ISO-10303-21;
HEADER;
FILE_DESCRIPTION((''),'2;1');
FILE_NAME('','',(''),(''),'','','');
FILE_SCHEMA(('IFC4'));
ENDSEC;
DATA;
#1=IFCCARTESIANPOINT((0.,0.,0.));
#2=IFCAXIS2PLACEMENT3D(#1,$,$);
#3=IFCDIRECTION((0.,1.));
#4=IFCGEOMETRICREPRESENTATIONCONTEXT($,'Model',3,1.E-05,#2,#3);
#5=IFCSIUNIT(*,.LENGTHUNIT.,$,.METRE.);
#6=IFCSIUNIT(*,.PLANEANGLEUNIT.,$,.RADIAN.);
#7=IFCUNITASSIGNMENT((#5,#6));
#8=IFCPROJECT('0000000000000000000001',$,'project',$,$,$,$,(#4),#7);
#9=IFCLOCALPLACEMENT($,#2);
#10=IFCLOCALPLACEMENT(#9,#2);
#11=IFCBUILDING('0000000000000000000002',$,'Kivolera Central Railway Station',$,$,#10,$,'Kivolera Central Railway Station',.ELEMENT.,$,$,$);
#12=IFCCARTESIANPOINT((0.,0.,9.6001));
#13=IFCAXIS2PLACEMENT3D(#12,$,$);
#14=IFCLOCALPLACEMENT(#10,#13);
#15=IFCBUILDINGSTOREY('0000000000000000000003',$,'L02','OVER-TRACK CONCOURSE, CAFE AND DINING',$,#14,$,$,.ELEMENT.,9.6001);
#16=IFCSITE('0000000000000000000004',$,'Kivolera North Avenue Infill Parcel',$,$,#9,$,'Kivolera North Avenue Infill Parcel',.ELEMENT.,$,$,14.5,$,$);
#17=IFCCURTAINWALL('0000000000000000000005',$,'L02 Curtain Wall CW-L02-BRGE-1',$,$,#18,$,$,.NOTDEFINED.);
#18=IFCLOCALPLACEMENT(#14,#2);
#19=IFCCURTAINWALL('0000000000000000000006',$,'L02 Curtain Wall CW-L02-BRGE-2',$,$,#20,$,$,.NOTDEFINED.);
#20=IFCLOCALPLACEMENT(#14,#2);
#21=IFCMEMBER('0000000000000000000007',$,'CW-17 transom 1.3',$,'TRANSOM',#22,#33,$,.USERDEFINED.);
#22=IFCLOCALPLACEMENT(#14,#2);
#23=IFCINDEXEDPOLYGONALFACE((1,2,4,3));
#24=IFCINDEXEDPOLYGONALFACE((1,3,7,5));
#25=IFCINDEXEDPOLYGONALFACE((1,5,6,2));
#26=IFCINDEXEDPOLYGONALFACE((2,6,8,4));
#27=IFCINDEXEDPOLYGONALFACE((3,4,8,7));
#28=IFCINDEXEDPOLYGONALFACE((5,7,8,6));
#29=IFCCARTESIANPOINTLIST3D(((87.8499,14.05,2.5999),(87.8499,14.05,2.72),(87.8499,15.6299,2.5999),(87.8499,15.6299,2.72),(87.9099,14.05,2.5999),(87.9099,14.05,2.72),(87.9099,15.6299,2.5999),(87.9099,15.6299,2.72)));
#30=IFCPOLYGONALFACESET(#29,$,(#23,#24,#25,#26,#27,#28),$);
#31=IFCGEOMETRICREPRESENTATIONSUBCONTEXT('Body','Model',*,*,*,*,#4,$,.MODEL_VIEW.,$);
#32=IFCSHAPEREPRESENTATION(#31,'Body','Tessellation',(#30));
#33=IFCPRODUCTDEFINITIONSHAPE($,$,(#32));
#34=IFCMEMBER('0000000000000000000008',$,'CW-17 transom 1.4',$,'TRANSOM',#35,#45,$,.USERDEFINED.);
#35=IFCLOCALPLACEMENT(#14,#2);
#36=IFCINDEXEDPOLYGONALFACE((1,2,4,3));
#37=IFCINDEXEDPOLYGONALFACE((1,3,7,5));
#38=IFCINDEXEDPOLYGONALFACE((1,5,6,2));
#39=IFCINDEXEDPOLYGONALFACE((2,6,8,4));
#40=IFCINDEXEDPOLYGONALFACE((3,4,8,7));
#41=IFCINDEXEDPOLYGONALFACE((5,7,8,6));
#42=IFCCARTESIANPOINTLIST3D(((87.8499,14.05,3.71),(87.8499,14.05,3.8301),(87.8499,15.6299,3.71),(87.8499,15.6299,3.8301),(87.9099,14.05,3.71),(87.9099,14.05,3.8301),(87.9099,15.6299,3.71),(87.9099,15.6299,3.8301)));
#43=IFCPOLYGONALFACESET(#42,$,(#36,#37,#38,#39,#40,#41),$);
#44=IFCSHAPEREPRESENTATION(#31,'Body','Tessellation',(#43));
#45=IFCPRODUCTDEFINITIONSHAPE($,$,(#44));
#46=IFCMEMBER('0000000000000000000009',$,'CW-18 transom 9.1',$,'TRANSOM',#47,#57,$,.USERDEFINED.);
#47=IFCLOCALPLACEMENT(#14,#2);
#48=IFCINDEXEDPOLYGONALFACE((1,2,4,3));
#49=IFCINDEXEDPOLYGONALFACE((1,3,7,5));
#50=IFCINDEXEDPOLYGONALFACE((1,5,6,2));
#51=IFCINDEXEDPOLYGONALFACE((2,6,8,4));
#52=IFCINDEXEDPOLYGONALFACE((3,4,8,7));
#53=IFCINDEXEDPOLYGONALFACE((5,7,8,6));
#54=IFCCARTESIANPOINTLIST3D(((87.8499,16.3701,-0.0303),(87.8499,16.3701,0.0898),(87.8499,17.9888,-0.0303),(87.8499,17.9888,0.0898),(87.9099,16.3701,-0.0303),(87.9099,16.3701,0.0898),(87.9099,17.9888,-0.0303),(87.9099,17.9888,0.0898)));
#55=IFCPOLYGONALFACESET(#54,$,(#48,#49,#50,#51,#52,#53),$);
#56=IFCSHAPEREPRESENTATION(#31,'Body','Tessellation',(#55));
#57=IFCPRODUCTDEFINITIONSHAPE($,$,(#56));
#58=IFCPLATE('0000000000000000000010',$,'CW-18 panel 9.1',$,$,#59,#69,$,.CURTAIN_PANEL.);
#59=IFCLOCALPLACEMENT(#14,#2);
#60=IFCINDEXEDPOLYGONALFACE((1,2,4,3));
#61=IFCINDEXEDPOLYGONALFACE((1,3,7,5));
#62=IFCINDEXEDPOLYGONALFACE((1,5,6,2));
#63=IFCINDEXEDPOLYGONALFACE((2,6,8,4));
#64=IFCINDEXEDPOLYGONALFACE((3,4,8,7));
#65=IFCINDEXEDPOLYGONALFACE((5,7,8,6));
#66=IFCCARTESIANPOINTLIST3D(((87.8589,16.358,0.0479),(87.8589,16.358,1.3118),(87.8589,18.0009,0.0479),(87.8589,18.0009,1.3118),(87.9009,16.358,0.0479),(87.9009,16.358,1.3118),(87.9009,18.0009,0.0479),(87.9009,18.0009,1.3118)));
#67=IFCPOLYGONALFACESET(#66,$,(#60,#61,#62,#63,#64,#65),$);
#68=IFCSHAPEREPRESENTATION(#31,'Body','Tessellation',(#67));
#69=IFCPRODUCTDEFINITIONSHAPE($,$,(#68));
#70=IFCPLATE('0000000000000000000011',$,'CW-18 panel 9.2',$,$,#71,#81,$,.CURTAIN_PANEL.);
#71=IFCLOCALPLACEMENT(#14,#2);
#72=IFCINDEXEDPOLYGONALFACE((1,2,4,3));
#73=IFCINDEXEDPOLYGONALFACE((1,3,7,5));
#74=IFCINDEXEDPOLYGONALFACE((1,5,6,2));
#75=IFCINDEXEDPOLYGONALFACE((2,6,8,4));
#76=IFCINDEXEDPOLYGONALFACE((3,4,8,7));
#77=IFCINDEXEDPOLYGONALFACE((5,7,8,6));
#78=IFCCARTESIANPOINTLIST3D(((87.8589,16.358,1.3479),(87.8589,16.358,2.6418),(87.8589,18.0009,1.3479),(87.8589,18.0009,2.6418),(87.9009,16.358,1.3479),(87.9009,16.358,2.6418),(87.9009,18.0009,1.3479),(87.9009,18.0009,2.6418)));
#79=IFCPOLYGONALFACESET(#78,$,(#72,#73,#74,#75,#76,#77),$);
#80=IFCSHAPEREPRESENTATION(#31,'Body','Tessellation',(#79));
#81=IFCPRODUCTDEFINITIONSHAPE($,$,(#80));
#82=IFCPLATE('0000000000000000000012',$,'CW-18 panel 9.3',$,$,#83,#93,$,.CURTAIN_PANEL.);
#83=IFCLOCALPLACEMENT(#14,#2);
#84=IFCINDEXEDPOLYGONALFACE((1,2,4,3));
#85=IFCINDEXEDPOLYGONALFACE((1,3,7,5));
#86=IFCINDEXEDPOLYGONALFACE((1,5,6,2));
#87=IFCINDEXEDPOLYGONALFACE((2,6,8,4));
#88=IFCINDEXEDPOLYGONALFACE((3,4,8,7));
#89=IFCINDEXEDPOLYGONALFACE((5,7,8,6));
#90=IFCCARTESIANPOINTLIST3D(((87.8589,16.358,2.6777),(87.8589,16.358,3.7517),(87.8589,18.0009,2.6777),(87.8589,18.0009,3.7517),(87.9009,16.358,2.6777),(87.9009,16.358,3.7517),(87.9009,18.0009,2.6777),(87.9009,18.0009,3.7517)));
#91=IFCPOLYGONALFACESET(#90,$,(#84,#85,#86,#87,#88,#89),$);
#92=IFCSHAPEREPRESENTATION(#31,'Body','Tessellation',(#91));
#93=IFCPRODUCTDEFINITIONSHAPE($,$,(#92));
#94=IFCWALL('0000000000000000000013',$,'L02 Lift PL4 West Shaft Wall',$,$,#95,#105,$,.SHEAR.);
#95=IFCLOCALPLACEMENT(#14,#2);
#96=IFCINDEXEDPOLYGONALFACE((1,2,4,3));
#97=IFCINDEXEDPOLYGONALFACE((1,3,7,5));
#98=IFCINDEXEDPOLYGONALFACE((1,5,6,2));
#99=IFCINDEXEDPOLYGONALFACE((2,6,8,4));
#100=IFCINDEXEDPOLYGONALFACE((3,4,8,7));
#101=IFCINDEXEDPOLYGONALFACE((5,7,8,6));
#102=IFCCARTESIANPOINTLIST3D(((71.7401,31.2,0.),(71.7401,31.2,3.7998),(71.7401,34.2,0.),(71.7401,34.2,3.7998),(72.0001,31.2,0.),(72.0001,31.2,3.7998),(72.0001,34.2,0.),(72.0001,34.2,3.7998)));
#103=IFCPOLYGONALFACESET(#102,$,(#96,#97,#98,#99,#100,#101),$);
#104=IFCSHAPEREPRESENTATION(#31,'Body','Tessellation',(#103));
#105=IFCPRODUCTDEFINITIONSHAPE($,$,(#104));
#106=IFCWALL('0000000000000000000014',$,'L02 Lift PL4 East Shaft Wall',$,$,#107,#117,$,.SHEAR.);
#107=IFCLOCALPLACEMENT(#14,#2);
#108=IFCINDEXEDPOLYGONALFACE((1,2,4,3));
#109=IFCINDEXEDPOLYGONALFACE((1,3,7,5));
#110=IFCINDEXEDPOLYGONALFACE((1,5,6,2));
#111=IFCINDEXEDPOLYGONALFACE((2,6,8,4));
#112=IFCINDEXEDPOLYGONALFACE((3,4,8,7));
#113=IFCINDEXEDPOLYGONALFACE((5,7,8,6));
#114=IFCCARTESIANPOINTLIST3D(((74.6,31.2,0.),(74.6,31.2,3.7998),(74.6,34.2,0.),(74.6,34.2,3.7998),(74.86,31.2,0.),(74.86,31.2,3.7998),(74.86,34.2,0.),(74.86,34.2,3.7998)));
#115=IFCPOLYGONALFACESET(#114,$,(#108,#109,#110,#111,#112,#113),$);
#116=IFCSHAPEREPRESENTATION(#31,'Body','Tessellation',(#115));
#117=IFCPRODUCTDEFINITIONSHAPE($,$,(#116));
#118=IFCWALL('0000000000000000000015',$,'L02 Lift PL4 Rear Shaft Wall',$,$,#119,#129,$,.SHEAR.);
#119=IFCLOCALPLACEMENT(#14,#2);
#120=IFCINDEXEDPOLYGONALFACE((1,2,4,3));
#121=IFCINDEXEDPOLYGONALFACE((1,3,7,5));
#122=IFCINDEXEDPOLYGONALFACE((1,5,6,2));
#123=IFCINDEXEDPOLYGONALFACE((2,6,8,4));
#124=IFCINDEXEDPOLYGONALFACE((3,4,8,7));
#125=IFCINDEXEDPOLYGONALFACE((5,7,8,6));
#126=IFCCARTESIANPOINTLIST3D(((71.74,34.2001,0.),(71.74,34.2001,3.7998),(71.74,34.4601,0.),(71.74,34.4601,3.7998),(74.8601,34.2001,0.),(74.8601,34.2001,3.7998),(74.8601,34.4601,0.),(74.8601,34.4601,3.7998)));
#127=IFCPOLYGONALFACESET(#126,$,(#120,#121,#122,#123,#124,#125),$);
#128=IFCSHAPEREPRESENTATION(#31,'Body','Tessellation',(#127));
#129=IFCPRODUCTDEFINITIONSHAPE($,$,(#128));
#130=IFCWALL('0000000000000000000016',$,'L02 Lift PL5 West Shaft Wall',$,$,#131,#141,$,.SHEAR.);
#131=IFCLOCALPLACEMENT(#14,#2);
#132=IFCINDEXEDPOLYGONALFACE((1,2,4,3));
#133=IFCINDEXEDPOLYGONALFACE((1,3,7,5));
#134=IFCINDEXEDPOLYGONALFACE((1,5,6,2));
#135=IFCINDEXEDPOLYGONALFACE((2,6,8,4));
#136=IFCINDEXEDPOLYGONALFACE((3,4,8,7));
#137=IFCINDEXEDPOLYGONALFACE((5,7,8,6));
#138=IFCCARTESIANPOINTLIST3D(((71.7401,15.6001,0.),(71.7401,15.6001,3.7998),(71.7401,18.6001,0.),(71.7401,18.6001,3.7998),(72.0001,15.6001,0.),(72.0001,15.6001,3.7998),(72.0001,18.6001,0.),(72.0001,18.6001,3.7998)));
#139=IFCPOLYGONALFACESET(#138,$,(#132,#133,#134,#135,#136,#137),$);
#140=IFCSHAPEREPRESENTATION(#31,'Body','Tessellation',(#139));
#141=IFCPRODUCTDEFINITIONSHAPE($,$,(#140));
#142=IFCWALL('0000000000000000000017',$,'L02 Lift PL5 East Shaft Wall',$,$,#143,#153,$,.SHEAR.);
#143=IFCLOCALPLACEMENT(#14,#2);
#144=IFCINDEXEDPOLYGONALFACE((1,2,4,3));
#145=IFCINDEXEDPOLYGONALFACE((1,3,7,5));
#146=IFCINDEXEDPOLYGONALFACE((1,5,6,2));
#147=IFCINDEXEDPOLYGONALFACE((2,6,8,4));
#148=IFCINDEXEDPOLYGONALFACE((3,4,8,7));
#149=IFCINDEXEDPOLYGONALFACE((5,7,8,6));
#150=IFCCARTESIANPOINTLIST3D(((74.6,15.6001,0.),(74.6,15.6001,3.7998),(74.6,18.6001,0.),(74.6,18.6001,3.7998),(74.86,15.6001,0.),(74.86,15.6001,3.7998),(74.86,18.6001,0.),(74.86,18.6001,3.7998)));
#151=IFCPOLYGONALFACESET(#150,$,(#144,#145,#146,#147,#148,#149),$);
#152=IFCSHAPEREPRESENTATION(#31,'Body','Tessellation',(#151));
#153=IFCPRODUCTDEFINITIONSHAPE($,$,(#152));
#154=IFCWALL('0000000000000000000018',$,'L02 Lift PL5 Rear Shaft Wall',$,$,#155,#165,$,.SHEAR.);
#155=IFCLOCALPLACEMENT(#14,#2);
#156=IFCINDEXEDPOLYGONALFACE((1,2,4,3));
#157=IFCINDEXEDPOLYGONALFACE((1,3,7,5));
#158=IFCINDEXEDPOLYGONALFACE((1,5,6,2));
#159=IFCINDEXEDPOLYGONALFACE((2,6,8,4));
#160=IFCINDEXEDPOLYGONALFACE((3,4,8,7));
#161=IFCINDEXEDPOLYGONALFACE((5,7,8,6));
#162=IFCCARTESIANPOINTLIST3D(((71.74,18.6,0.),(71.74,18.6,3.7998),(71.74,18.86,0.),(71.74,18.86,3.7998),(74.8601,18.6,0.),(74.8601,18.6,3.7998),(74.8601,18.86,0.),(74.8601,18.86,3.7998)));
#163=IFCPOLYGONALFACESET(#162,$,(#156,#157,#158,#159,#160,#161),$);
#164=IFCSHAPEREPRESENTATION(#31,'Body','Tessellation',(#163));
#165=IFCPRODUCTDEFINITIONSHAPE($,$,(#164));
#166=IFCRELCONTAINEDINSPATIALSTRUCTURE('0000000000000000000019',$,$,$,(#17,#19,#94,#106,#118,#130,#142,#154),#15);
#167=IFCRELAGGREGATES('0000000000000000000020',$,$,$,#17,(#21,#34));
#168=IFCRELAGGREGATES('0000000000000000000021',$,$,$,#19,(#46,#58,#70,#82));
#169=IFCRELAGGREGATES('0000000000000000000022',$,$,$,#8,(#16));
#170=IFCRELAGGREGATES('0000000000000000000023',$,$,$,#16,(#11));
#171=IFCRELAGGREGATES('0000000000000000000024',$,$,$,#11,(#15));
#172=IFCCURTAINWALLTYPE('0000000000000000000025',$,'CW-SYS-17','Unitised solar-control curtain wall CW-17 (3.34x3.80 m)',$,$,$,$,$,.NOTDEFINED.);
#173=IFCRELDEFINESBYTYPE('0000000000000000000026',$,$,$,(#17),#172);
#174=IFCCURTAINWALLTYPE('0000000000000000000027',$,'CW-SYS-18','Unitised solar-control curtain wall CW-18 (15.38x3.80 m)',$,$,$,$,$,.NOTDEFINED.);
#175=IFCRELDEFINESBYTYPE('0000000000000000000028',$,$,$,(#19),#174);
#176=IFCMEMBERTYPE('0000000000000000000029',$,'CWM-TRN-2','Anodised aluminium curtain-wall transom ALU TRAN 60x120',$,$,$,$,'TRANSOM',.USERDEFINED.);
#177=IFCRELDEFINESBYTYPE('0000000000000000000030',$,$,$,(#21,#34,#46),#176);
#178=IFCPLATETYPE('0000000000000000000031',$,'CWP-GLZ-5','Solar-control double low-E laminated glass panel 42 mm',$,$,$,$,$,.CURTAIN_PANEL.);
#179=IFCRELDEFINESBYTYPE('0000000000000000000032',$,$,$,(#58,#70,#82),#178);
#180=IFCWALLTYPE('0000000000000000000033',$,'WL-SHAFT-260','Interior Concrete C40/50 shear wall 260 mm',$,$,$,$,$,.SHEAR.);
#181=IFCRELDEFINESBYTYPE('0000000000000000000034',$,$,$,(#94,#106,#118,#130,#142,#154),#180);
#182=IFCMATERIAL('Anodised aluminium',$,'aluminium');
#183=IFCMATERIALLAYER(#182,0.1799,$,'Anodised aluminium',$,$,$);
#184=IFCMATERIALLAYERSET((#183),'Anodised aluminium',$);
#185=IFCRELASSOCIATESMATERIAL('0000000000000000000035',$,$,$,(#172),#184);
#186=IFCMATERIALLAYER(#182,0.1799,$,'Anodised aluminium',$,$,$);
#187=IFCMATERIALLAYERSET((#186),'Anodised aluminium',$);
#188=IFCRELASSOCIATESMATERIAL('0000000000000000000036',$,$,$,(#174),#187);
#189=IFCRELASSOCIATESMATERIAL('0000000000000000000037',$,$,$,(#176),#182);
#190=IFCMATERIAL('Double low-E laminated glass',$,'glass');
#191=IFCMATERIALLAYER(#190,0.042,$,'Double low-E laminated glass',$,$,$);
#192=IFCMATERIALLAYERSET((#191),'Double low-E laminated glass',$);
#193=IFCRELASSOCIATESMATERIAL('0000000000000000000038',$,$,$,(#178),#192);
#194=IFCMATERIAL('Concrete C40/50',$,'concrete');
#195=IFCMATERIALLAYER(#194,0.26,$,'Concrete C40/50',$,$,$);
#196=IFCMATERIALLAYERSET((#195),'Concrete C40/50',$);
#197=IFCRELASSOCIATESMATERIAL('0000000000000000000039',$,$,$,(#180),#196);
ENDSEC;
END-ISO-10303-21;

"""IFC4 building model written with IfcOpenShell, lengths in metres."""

from ifc_helpers import new_model, si_unit, direction, frame, frame_2d, origin, origin_2d, place, context, subcontext, project, spatial, rectangle, extrude, material, layer, layer_set, material_profile, profile_set, type_object, element, aggregate, save


model = new_model("IFC4")

# Units and contexts
model_context = context("Model", 3, precision=1e-05, world=origin(), true_north=direction((0.0, 1.0)))
body_context = subcontext(model_context, "Body", "Model", "MODEL_VIEW")
ifc_project = project(units=[si_unit("LENGTHUNIT", "METRE"), si_unit("PLANEANGLEUNIT", "RADIAN")], contexts=[model_context])

# Site, building, storey
site_placement = place(None, origin())
site = spatial("IfcSite", under=ifc_project, at=site_placement, Name="Kivolera North Avenue Infill Parcel", LongName="Kivolera North Avenue Infill Parcel", CompositionType="ELEMENT", RefElevation=14.5)
building_placement = place(site_placement, origin())
building = spatial("IfcBuilding", under=site, at=building_placement, Name="Kivolera Central Railway Station", LongName="Kivolera Central Railway Station", CompositionType="ELEMENT")
storey_placement = place(building_placement, frame((0.0, 0.0, 9.6001)))
storey = spatial("IfcBuildingStorey", under=building, at=storey_placement, Name="L02", Description="OVER-TRACK CONCOURSE, CAFE AND DINING", CompositionType="ELEMENT", Elevation=9.6001)

# Shared definitions
ifc_material_1 = material(Name="Concrete C40/50", Category="concrete")

# Curtain walls
ifc_material_2 = material(Name="Anodised aluminium", Category="aluminium")
ifc_layer_1 = layer(ifc_material_2, 0.1799, Name="Anodised aluminium")
ifc_layer_set_1 = layer_set([ifc_layer_1], Name="Anodised aluminium")
curtain_wall_type_1 = type_object("IfcCurtainWallType", Name="CW-SYS-17", Description="Unitised solar-control curtain wall CW-17 (3.34x3.80 m)", PredefinedType="NOTDEFINED", material=ifc_layer_set_1)
curtain_wall_1_placement = place(storey_placement, origin())
curtain_wall_1 = element("IfcCurtainWall", 1, at=curtain_wall_1_placement, inside=storey, type_object=curtain_wall_type_1, Name="L02 Curtain Wall CW-L02-BRGE-1", PredefinedType="NOTDEFINED")
ifc_layer_2 = layer(ifc_material_2, 0.1799, Name="Anodised aluminium")
ifc_layer_set_2 = layer_set([ifc_layer_2], Name="Anodised aluminium")
curtain_wall_type_2 = type_object("IfcCurtainWallType", Name="CW-SYS-18", Description="Unitised solar-control curtain wall CW-18 (15.38x3.80 m)", PredefinedType="NOTDEFINED", material=ifc_layer_set_2)
curtain_wall_2_placement = place(storey_placement, origin())
curtain_wall_2 = element("IfcCurtainWall", 2, at=curtain_wall_2_placement, inside=storey, type_object=curtain_wall_type_2, Name="L02 Curtain Wall CW-L02-BRGE-2", PredefinedType="NOTDEFINED")

# Members
ifc_material_profile_1 = material_profile(ifc_material_2, rectangle(XDim=0.0601, YDim=0.1201, at=origin_2d()), Name="ALU TRAN 60x120")
ifc_profile_set_1 = profile_set([ifc_material_profile_1], Name="Anodised aluminium")
member_type_1 = type_object("IfcMemberType", Name="CWM-TRN-2", Description="Anodised aluminium curtain-wall transom ALU TRAN 60x120", ElementType="TRANSOM", PredefinedType="USERDEFINED", material=ifc_profile_set_1)
member_1_placement = place(storey_placement, frame((87.8799, 15.6299, 2.6599), z_axis=(0.0, -1.0, 0.0), x_axis=(1.0, 0.0, 0.0)))
member_1 = element("IfcMember", 3, at=member_1_placement, type_object=member_type_1, Name="CW-17 transom 1.3", ObjectType="TRANSOM", PredefinedType="USERDEFINED", context=body_context, shape_type="SweptSolid", body=[
    extrude(rectangle(XDim=0.0601, YDim=0.1201, at=origin_2d()), origin(), (0.0, 0.0, 1.0), 1.5798),
])
member_2_placement = place(storey_placement, frame((87.8799, 15.6299, 3.77), z_axis=(0.0, -1.0, 0.0), x_axis=(1.0, 0.0, 0.0)))
member_2 = element("IfcMember", 4, at=member_2_placement, type_object=member_type_1, Name="CW-17 transom 1.4", ObjectType="TRANSOM", PredefinedType="USERDEFINED", context=body_context, shape_type="SweptSolid", body=[
    extrude(rectangle(XDim=0.0601, YDim=0.1201, at=origin_2d()), origin(), (0.0, 0.0, 1.0), 1.5798),
])
aggregate(curtain_wall_1, [member_1, member_2])
member_3_placement = place(storey_placement, frame((87.8799, 17.9888, 0.0298), z_axis=(0.0, -1.0, 0.0), x_axis=(1.0, 0.0, 0.0)))
member_3 = element("IfcMember", 5, at=member_3_placement, type_object=member_type_1, Name="CW-18 transom 9.1", ObjectType="TRANSOM", PredefinedType="USERDEFINED", context=body_context, shape_type="SweptSolid", body=[
    extrude(rectangle(XDim=0.0601, YDim=0.1201, at=origin_2d()), origin(), (0.0, 0.0, 1.0), 1.6187),
])

# Plates
ifc_material_3 = material(Name="Double low-E laminated glass", Category="glass")
ifc_layer_3 = layer(ifc_material_3, 0.042, Name="Double low-E laminated glass")
ifc_layer_set_3 = layer_set([ifc_layer_3], Name="Double low-E laminated glass")
plate_type = type_object("IfcPlateType", Name="CWP-GLZ-5", Description="Solar-control double low-E laminated glass panel 42 mm", PredefinedType="CURTAIN_PANEL", material=ifc_layer_set_3)
plate_1_placement = place(storey_placement, frame((87.8799, 17.1794, 0.0479), z_axis=(0.0, 0.0, 1.0), x_axis=(0.0, -1.0, 0.0)))
plate_1 = element("IfcPlate", 6, at=plate_1_placement, type_object=plate_type, Name="CW-18 panel 9.1", PredefinedType="CURTAIN_PANEL", context=body_context, shape_type="SweptSolid", body=[
    extrude(rectangle(XDim=1.6428, YDim=0.042, at=origin_2d()), origin(), (0.0, 0.0, 1.0), 1.2639),
])
plate_2_placement = place(storey_placement, frame((87.8799, 17.1794, 1.3479), z_axis=(0.0, 0.0, 1.0), x_axis=(0.0, -1.0, 0.0)))
plate_2 = element("IfcPlate", 7, at=plate_2_placement, type_object=plate_type, Name="CW-18 panel 9.2", PredefinedType="CURTAIN_PANEL", context=body_context, shape_type="SweptSolid", body=[
    extrude(rectangle(XDim=1.6428, YDim=0.042, at=origin_2d()), origin(), (0.0, 0.0, 1.0), 1.2939),
])
plate_3_placement = place(storey_placement, frame((87.8799, 17.1794, 2.6777), z_axis=(0.0, 0.0, 1.0), x_axis=(0.0, -1.0, 0.0)))
plate_3 = element("IfcPlate", 8, at=plate_3_placement, type_object=plate_type, Name="CW-18 panel 9.3", PredefinedType="CURTAIN_PANEL", context=body_context, shape_type="SweptSolid", body=[
    extrude(rectangle(XDim=1.6428, YDim=0.042, at=origin_2d()), origin(), (0.0, 0.0, 1.0), 1.074),
])
aggregate(curtain_wall_2, [member_3, plate_1, plate_2, plate_3])

# Shared definitions
ifc_layer_4 = layer(ifc_material_1, 0.26, Name="Concrete C40/50")
ifc_layer_set_4 = layer_set([ifc_layer_4], Name="Concrete C40/50")
wall_type = type_object("IfcWallType", Name="WL-SHAFT-260", Description="Interior Concrete C40/50 shear wall 260 mm", PredefinedType="SHEAR", material=ifc_layer_set_4)

# Walls
for number, where, z_axis, x_axis, name in (
    (9, (71.8701, 31.2, 0.0), (0.0, 0.0, 1.0), (0.0, 1.0, 0.0), "L02 Lift PL4 West Shaft Wall"),
    (10, (74.73, 31.2, 0.0), (0.0, 0.0, 1.0), (0.0, 1.0, 0.0), "L02 Lift PL4 East Shaft Wall"),
):
    element("IfcWall", number, at=place(storey_placement, frame(where, z_axis=z_axis, x_axis=x_axis)), inside=storey, type_object=wall_type, Name=name, PredefinedType="SHEAR", context=body_context, shape_type="SweptSolid", body=[
        extrude(rectangle(XDim=3.0, YDim=0.26, at=frame_2d((1.5, 0.0))), origin(), (0.0, 0.0, 1.0), 3.7998),
    ])
wall_1_placement = place(storey_placement, frame((71.74, 34.3301, 0.0), z_axis=(0.0, 0.0, 1.0), x_axis=(1.0, 0.0, 0.0)))
element("IfcWall", 11, at=wall_1_placement, inside=storey, type_object=wall_type, Name="L02 Lift PL4 Rear Shaft Wall", PredefinedType="SHEAR", context=body_context, shape_type="SweptSolid", body=[
    extrude(rectangle(XDim=3.1201, YDim=0.26, at=frame_2d((1.5601, 0.0))), origin(), (0.0, 0.0, 1.0), 3.7998),
])
for number, where, z_axis, x_axis, name in (
    (12, (71.8701, 15.6001, 0.0), (0.0, 0.0, 1.0), (0.0, 1.0, 0.0), "L02 Lift PL5 West Shaft Wall"),
    (13, (74.73, 15.6001, 0.0), (0.0, 0.0, 1.0), (0.0, 1.0, 0.0), "L02 Lift PL5 East Shaft Wall"),
):
    element("IfcWall", number, at=place(storey_placement, frame(where, z_axis=z_axis, x_axis=x_axis)), inside=storey, type_object=wall_type, Name=name, PredefinedType="SHEAR", context=body_context, shape_type="SweptSolid", body=[
        extrude(rectangle(XDim=3.0, YDim=0.26, at=frame_2d((1.5, 0.0))), origin(), (0.0, 0.0, 1.0), 3.7998),
    ])
wall_2_placement = place(storey_placement, frame((71.74, 18.73, 0.0), z_axis=(0.0, 0.0, 1.0), x_axis=(1.0, 0.0, 0.0)))
element("IfcWall", 14, at=wall_2_placement, inside=storey, type_object=wall_type, Name="L02 Lift PL5 Rear Shaft Wall", PredefinedType="SHEAR", context=body_context, shape_type="SweptSolid", body=[
    extrude(rectangle(XDim=3.1201, YDim=0.26, at=frame_2d((1.5601, 0.0))), origin(), (0.0, 0.0, 1.0), 3.7998),
])

save(model, "model.ifc")
